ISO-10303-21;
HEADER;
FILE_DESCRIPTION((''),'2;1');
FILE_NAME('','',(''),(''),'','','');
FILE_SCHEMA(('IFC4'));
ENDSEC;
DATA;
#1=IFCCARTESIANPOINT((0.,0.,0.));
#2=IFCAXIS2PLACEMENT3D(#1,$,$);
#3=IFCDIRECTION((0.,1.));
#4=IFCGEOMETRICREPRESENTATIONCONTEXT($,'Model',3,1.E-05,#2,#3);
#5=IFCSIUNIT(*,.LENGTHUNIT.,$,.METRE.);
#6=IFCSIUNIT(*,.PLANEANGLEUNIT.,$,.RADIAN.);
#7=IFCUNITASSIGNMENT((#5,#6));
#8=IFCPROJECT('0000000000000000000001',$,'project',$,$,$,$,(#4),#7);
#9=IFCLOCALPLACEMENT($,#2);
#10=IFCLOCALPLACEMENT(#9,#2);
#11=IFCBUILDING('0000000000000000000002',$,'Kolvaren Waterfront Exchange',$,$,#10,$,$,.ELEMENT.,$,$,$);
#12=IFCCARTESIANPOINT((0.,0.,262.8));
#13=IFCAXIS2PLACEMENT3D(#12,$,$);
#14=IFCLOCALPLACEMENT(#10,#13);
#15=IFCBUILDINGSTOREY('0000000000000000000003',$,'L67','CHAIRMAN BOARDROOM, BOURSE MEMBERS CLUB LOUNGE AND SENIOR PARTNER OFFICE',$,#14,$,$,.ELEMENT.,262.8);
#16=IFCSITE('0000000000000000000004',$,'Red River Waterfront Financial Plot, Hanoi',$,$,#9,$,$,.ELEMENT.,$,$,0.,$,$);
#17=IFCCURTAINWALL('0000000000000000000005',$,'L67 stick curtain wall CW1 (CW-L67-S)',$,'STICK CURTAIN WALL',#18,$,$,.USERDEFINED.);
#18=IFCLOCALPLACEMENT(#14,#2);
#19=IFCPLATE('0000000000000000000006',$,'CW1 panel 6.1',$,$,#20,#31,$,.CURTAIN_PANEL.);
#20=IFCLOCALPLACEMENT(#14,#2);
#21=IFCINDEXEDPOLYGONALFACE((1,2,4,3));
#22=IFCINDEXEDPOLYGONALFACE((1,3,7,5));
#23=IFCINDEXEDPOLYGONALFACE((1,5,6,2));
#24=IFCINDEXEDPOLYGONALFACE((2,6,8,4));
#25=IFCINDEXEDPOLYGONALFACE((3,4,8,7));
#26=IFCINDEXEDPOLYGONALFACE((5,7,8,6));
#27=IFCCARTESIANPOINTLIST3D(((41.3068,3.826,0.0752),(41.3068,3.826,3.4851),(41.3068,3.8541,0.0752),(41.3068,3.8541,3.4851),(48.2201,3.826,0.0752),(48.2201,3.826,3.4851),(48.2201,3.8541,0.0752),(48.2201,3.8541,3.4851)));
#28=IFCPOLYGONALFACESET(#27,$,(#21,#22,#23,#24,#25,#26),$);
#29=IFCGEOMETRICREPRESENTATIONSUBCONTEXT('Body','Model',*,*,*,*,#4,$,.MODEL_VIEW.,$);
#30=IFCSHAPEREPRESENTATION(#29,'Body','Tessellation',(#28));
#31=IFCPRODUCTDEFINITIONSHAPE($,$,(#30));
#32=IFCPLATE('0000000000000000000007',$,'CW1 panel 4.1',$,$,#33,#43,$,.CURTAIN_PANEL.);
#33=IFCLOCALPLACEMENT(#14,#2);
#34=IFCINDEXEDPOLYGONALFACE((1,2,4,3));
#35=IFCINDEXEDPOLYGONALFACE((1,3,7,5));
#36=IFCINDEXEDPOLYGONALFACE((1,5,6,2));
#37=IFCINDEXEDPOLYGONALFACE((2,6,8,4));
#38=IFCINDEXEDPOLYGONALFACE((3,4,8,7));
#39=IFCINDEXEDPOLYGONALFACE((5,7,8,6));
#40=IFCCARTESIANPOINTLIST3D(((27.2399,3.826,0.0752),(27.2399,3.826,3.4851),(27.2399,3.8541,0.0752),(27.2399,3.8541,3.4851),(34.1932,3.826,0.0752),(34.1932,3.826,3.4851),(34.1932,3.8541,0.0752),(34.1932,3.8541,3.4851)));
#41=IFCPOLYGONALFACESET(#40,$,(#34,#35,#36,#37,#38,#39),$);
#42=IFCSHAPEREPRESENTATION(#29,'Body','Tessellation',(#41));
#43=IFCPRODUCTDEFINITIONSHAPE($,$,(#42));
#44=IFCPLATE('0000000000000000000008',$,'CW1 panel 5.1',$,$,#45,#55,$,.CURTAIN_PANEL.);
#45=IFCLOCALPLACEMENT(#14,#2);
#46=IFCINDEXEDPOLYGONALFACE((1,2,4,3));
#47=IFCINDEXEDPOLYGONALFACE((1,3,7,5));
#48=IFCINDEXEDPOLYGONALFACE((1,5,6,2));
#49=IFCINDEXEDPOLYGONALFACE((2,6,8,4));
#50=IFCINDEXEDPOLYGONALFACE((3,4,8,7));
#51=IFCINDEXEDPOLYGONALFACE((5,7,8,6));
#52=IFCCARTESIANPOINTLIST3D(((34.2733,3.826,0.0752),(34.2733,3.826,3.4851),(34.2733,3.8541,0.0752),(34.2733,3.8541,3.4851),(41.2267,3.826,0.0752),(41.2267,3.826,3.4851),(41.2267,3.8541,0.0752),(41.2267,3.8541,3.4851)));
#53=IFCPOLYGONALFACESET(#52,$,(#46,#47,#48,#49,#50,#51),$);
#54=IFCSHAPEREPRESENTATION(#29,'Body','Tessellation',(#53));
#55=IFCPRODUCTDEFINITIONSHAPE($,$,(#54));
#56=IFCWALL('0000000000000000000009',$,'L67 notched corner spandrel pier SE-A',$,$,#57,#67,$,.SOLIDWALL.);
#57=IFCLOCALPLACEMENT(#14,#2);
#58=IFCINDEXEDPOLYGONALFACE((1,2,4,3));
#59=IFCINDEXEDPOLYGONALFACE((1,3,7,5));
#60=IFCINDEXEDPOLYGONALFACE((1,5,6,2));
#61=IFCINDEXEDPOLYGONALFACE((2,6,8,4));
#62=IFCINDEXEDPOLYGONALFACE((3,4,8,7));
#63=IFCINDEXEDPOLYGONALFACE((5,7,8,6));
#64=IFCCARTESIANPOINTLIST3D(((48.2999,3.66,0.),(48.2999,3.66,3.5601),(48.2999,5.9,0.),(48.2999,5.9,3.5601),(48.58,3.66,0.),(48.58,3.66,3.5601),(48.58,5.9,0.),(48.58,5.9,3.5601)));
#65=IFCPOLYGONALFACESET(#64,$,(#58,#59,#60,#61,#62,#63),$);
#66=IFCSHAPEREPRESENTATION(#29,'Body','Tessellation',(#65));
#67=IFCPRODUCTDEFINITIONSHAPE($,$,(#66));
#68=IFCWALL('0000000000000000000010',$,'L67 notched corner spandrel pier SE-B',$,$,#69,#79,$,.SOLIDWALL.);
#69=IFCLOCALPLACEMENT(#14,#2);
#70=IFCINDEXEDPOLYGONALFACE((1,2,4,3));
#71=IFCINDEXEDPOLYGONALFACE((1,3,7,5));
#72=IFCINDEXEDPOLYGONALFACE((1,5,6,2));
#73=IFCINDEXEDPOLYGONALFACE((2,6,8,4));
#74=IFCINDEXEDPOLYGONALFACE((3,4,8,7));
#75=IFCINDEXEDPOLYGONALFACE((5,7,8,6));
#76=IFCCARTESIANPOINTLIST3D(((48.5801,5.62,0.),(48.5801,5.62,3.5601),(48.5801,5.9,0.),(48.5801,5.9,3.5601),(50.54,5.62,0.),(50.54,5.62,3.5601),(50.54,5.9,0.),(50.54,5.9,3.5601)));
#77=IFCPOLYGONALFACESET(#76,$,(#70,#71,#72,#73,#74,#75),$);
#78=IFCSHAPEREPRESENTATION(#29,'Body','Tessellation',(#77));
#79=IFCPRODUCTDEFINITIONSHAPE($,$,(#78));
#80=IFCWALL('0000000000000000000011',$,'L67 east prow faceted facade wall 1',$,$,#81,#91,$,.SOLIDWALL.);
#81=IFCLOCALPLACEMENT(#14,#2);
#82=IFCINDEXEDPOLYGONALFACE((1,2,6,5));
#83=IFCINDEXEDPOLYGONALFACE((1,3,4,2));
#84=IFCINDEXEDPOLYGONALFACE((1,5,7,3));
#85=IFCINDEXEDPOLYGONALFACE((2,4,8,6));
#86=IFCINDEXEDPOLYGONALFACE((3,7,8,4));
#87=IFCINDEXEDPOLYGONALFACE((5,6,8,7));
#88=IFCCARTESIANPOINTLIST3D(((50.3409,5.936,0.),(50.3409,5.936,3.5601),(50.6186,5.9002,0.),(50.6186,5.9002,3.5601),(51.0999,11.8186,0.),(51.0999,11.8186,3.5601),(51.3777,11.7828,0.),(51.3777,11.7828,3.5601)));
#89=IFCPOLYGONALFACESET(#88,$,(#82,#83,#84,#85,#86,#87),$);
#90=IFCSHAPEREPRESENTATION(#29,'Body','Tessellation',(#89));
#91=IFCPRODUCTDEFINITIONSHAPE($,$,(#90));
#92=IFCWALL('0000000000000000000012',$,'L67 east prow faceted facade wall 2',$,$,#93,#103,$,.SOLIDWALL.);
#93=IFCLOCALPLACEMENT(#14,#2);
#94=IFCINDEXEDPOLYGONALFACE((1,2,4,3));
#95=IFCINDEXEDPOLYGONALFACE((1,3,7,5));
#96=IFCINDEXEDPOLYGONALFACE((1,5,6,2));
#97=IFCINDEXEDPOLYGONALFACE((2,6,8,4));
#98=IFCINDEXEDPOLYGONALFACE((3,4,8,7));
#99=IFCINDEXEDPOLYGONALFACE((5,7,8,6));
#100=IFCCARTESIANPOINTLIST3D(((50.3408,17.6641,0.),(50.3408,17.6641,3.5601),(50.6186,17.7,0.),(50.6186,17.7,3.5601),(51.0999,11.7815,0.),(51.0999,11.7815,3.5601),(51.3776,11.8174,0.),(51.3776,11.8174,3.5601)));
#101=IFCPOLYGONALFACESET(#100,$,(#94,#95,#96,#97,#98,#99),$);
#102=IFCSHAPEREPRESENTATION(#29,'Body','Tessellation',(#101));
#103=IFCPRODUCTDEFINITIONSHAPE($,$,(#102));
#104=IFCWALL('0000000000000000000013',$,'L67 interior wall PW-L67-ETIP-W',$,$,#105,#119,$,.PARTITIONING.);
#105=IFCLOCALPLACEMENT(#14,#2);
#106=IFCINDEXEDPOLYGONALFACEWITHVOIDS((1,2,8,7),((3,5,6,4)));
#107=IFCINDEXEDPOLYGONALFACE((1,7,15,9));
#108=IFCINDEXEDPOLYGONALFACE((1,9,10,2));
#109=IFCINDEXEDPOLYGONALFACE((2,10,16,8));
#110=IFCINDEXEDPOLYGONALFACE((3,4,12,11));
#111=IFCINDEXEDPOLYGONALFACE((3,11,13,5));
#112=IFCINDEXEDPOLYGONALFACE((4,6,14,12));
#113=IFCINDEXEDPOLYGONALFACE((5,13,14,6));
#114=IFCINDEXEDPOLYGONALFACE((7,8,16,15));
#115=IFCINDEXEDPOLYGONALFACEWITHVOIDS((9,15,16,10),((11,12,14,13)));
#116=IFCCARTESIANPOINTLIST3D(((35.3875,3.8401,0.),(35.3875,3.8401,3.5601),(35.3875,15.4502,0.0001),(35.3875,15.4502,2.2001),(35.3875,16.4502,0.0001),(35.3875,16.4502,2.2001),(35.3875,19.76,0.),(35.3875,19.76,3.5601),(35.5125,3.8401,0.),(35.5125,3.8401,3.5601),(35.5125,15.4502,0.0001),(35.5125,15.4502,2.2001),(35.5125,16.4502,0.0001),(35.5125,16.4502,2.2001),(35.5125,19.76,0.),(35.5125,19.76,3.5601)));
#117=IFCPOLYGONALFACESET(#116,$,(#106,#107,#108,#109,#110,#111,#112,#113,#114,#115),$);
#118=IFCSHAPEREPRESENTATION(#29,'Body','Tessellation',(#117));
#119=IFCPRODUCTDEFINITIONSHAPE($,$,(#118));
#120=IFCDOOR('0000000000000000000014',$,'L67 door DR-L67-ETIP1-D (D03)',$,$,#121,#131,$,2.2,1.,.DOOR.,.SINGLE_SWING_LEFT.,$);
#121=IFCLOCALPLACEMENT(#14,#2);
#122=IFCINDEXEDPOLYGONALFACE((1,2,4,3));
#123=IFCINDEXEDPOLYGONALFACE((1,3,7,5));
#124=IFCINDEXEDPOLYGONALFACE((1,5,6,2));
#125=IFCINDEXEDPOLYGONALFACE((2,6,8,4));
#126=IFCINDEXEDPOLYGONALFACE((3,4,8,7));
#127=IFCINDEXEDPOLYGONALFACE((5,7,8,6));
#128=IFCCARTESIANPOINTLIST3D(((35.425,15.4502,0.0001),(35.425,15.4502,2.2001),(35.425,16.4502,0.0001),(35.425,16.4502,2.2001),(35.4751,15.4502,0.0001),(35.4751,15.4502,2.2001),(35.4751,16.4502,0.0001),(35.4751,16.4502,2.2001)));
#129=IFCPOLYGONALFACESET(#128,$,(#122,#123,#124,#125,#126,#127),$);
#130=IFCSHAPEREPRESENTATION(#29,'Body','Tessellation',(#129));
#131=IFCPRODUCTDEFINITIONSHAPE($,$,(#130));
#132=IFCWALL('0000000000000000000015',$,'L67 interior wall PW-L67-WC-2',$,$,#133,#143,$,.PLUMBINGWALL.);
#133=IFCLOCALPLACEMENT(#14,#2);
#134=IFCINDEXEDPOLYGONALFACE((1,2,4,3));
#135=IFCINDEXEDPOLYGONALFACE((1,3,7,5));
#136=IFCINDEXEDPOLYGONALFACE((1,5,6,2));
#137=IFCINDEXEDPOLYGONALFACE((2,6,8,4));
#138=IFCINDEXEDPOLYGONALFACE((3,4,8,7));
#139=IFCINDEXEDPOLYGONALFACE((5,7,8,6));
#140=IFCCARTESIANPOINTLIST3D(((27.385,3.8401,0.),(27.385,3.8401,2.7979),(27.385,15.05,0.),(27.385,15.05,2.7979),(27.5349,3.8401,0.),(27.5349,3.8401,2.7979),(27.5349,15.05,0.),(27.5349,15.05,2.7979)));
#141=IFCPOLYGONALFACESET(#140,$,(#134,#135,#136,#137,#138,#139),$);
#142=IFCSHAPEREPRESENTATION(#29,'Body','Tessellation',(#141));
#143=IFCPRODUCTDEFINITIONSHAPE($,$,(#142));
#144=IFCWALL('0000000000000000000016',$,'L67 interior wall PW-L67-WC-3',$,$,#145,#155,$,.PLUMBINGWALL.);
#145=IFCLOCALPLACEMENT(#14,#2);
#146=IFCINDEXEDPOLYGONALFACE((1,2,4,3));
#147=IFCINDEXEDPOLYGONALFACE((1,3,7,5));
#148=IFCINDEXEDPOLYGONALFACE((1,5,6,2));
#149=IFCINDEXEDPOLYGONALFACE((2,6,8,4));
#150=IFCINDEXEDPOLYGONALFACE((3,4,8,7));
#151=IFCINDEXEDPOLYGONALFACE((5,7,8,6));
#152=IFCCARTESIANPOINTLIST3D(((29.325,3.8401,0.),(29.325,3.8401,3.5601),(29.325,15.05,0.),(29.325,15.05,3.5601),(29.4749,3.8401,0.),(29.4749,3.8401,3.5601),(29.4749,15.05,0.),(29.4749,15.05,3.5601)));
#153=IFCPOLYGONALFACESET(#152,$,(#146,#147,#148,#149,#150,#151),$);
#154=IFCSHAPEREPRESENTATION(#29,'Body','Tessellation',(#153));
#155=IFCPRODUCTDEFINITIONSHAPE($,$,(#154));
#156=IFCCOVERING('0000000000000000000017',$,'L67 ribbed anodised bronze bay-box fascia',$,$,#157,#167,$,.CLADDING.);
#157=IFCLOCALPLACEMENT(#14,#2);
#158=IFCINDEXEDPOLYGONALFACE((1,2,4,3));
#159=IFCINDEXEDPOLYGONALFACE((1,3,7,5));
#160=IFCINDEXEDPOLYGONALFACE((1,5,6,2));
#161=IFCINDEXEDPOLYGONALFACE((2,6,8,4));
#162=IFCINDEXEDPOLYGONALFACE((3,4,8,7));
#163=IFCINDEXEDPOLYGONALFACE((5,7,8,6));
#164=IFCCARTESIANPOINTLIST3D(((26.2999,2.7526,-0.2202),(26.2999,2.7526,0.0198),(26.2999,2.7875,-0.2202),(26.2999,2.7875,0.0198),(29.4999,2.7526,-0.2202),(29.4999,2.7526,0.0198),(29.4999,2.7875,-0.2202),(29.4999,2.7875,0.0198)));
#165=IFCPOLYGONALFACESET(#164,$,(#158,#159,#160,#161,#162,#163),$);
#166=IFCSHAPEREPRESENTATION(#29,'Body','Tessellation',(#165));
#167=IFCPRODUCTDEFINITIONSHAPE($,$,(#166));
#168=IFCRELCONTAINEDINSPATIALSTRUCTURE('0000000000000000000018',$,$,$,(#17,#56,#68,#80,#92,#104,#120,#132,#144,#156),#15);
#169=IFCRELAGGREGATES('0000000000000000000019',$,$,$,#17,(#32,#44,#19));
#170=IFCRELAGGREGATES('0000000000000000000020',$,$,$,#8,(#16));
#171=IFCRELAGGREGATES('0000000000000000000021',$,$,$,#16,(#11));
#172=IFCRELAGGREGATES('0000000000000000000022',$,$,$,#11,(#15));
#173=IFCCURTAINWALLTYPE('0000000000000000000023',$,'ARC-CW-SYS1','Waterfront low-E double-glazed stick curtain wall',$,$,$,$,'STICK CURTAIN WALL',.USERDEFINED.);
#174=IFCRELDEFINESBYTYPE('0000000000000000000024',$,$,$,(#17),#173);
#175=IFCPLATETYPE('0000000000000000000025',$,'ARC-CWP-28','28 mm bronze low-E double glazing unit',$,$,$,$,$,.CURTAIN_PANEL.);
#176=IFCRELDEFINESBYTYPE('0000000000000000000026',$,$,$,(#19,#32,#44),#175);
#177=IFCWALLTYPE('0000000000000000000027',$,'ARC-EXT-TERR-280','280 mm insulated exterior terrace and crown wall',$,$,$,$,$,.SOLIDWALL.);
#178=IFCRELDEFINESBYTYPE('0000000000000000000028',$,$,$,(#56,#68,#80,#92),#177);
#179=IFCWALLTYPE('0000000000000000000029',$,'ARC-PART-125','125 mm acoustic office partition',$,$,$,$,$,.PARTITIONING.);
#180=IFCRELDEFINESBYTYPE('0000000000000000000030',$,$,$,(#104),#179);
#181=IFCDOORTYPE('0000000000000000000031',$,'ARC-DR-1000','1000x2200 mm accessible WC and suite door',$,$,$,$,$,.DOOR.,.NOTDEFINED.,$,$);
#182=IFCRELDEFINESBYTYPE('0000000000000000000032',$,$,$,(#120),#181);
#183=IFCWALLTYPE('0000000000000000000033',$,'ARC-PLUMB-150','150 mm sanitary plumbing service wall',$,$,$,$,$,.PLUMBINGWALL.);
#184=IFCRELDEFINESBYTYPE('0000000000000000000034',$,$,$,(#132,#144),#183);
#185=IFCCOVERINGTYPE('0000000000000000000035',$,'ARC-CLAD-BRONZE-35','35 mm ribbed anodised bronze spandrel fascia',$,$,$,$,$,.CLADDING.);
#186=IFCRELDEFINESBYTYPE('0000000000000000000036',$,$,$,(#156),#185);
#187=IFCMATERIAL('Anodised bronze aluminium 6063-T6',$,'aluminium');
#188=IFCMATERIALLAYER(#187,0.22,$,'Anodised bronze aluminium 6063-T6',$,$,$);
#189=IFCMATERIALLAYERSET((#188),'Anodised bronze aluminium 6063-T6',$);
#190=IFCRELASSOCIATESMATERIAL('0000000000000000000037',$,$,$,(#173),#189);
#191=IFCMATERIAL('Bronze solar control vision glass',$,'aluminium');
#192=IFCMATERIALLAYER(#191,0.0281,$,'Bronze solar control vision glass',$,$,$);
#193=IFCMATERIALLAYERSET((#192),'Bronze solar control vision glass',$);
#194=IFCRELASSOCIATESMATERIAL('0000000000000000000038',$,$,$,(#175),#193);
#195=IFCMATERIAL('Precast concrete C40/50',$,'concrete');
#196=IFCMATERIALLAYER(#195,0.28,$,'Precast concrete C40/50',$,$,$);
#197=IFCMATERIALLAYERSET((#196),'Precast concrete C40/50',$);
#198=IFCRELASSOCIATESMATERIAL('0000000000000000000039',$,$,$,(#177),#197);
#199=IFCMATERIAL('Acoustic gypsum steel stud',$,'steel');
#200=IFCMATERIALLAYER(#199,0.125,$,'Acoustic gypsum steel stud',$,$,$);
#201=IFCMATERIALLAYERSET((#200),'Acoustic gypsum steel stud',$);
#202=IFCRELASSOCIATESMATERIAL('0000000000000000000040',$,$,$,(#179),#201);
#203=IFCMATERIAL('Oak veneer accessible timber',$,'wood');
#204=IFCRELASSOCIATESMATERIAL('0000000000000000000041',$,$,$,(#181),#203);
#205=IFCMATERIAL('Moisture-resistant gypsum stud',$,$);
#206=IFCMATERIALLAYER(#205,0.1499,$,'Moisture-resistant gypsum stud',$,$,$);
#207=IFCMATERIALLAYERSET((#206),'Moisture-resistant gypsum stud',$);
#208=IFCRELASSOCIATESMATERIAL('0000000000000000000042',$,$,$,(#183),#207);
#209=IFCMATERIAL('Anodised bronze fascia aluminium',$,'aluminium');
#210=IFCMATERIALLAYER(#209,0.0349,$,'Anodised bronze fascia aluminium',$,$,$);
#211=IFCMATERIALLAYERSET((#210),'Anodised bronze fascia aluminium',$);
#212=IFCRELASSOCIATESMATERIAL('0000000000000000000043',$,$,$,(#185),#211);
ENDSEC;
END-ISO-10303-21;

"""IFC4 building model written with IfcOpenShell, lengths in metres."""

from ifc_helpers import new_model, si_unit, direction, frame, frame_2d, origin, origin_with_axes, origin_2d, place, context, subcontext, project, spatial, rectangle, extrude, source, transform, mapped, material, layer, layer_set, type_object, element, fill, aggregate, save


model = new_model("IFC4")

# Units and contexts
model_context = context("Model", 3, precision=1e-05, world=origin(), true_north=direction((0.0, 1.0)))
body_context = subcontext(model_context, "Body", "Model", "MODEL_VIEW")
ifc_project = project(units=[si_unit("LENGTHUNIT", "METRE"), si_unit("PLANEANGLEUNIT", "RADIAN")], contexts=[model_context])

# Site, building, storey
site_placement = place(None, origin())
site = spatial("IfcSite", under=ifc_project, at=site_placement, Name="Red River Waterfront Financial Plot, Hanoi", CompositionType="ELEMENT", RefElevation=0.0)
building_placement = place(site_placement, origin())
building = spatial("IfcBuilding", under=site, at=building_placement, Name="Kolvaren Waterfront Exchange", CompositionType="ELEMENT")
storey_placement = place(building_placement, frame((0.0, 0.0, 262.8)))
storey = spatial("IfcBuildingStorey", under=building, at=storey_placement, Name="L67", Description="CHAIRMAN BOARDROOM, BOURSE MEMBERS CLUB LOUNGE AND SENIOR PARTNER OFFICE", CompositionType="ELEMENT", Elevation=262.8)

# Shared definitions
ifc_material_1 = material(Name="Anodised bronze aluminium 6063-T6", Category="aluminium")

# Curtain wall
ifc_layer_1 = layer(ifc_material_1, 0.22, Name="Anodised bronze aluminium 6063-T6")
ifc_layer_set_1 = layer_set([ifc_layer_1], Name="Anodised bronze aluminium 6063-T6")
curtain_wall_type_1 = type_object("IfcCurtainWallType", Name="ARC-CW-SYS1", Description="Waterfront low-E double-glazed stick curtain wall", ElementType="STICK CURTAIN WALL", PredefinedType="USERDEFINED", material=ifc_layer_set_1)
curtain_wall_1_placement = place(storey_placement, origin())
curtain_wall_1 = element("IfcCurtainWall", 1, at=curtain_wall_1_placement, inside=storey, type_object=curtain_wall_type_1, Name="L67 stick curtain wall CW1 (CW-L67-S)", ObjectType="STICK CURTAIN WALL", PredefinedType="USERDEFINED")

# Plates
ifc_material_2 = material(Name="Bronze solar control vision glass", Category="aluminium")
ifc_layer_2 = layer(ifc_material_2, 0.0281, Name="Bronze solar control vision glass")
ifc_layer_set_2 = layer_set([ifc_layer_2], Name="Bronze solar control vision glass")
plate_type_1 = type_object("IfcPlateType", Name="ARC-CWP-28", Description="28 mm bronze low-E double glazing unit", PredefinedType="CURTAIN_PANEL", material=ifc_layer_set_2)
shared_shape_1 = source(origin_with_axes(), body_context, "Body", "SweptSolid", [
    extrude(rectangle(XDim=6.9133, YDim=0.0281, at=origin_2d()), origin(), (0.0, 0.0, 1.0), 3.4099),
])
plate_1_placement = place(storey_placement, frame((44.7634, 3.8401, 0.0752), z_axis=(0.0, 0.0, 1.0), x_axis=(1.0, 0.0, 0.0)))
plate_1 = element("IfcPlate", 2, at=plate_1_placement, type_object=plate_type_1, Name="CW1 panel 6.1", PredefinedType="CURTAIN_PANEL", context=body_context, shape_type="MappedRepresentation", body=[
    mapped(shared_shape_1, transform((0.0, 0.0, 0.0), x_axis=(1.0, 0.0, 0.0), y_axis=(0.0, 1.0, 0.0), z_axis=(0.0, 0.0, 1.0), scale=1.0)),
])
shared_shape_2 = source(origin_with_axes(), body_context, "Body", "SweptSolid", [
    extrude(rectangle(XDim=6.9534, YDim=0.0281, at=origin_2d()), origin(), (0.0, 0.0, 1.0), 3.4099),
])
plate_2_placement = place(storey_placement, frame((30.7166, 3.8401, 0.0752), z_axis=(0.0, 0.0, 1.0), x_axis=(1.0, 0.0, 0.0)))
plate_2 = element("IfcPlate", 3, at=plate_2_placement, type_object=plate_type_1, Name="CW1 panel 4.1", PredefinedType="CURTAIN_PANEL", context=body_context, shape_type="MappedRepresentation", body=[
    mapped(shared_shape_2, transform((0.0, 0.0, 0.0), x_axis=(1.0, 0.0, 0.0), y_axis=(0.0, 1.0, 0.0), z_axis=(0.0, 0.0, 1.0), scale=1.0)),
])
plate_3_placement = place(storey_placement, frame((37.75, 3.8401, 0.0752), z_axis=(0.0, 0.0, 1.0), x_axis=(1.0, 0.0, 0.0)))
plate_3 = element("IfcPlate", 4, at=plate_3_placement, type_object=plate_type_1, Name="CW1 panel 5.1", PredefinedType="CURTAIN_PANEL", context=body_context, shape_type="MappedRepresentation", body=[
    mapped(shared_shape_2, transform((0.0, 0.0, 0.0), x_axis=(1.0, 0.0, 0.0), y_axis=(0.0, 1.0, 0.0), z_axis=(0.0, 0.0, 1.0), scale=1.0)),
])
aggregate(curtain_wall_1, [plate_2, plate_3, plate_1])

# Walls
ifc_material_3 = material(Name="Precast concrete C40/50", Category="concrete")
ifc_layer_3 = layer(ifc_material_3, 0.28, Name="Precast concrete C40/50")
ifc_layer_set_3 = layer_set([ifc_layer_3], Name="Precast concrete C40/50")
wall_type_1 = type_object("IfcWallType", Name="ARC-EXT-TERR-280", Description="280 mm insulated exterior terrace and crown wall", PredefinedType="SOLIDWALL", material=ifc_layer_set_3)
wall_1_placement = place(storey_placement, frame((48.4399, 3.6599, 0.0), z_axis=(0.0, 0.0, 1.0), x_axis=(0.0, 1.0, 0.0)))
element("IfcWall", 5, at=wall_1_placement, inside=storey, type_object=wall_type_1, Name="L67 notched corner spandrel pier SE-A", PredefinedType="SOLIDWALL", context=body_context, shape_type="SweptSolid", body=[
    extrude(rectangle(XDim=2.24, YDim=0.28, at=frame_2d((1.1201, 0.0))), origin(), (0.0, 0.0, 1.0), 3.5601),
])
wall_2_placement = place(storey_placement, frame((48.5801, 5.76, 0.0), z_axis=(0.0, 0.0, 1.0), x_axis=(1.0, 0.0, 0.0)))
element("IfcWall", 6, at=wall_2_placement, inside=storey, type_object=wall_type_1, Name="L67 notched corner spandrel pier SE-B", PredefinedType="SOLIDWALL", context=body_context, shape_type="SweptSolid", body=[
    extrude(rectangle(XDim=1.96, YDim=0.28, at=frame_2d((0.98, 0.0))), origin(), (0.0, 0.0, 1.0), 3.5601),
])
for number, where, z_axis, x_axis, name in (
    (7, (50.4797, 5.918, 0.0), (0.0, 0.0, 1.0), (0.12797, 0.991778, 0.0), "L67 east prow faceted facade wall 1"),
    (8, (51.2388, 11.7993, 0.0), (0.0, 0.0, 1.0), (-0.12797, 0.991778, 0.0), "L67 east prow faceted facade wall 2"),
):
    element("IfcWall", number, at=place(storey_placement, frame(where, z_axis=z_axis, x_axis=x_axis)), inside=storey, type_object=wall_type_1, Name=name, PredefinedType="SOLIDWALL", context=body_context, shape_type="SweptSolid", body=[
        extrude(rectangle(XDim=5.9314, YDim=0.28, at=frame_2d((2.9658, 0.0))), origin(), (0.0, 0.0, 1.0), 3.5601),
    ])

# Wall, opening, door
ifc_material_4 = material(Name="Acoustic gypsum steel stud", Category="steel")
ifc_layer_4 = layer(ifc_material_4, 0.125, Name="Acoustic gypsum steel stud")
ifc_layer_set_4 = layer_set([ifc_layer_4], Name="Acoustic gypsum steel stud")
wall_type_2 = type_object("IfcWallType", Name="ARC-PART-125", Description="125 mm acoustic office partition", PredefinedType="PARTITIONING", material=ifc_layer_set_4)
wall_3_placement = place(storey_placement, frame((35.45, 3.8401, 0.0), z_axis=(0.0, 0.0, 1.0), x_axis=(0.0, 1.0, 0.0)))
wall_3 = element("IfcWall", 9, at=wall_3_placement, inside=storey, type_object=wall_type_2, Name="L67 interior wall PW-L67-ETIP-W", PredefinedType="PARTITIONING", context=body_context, shape_type="SweptSolid", body=[
    extrude(rectangle(XDim=15.9199, YDim=0.125, at=frame_2d((7.96, 0.0))), origin(), (0.0, 0.0, 1.0), 3.5601),
])
opening_placement = place(wall_3_placement, frame((11.6101, 0.0, 0.0)))
opening = element("IfcOpeningElement", 10, at=opening_placement, cuts=wall_3, PredefinedType="OPENING", context=body_context, shape_type="SweptSolid", body=[
    extrude(rectangle(XDim=1.0, YDim=2.2, at=frame_2d((0.5, 1.1001))), frame((0.0, 0.0725, 0.0), z_axis=(0.0, -1.0, 0.0), x_axis=(1.0, 0.0, 0.0)), (0.0, 0.0, 1.0), 0.145),
])
ifc_material_5 = material(Name="Oak veneer accessible timber", Category="wood")
door_type = type_object("IfcDoorType", Name="ARC-DR-1000", Description="1000x2200 mm accessible WC and suite door", OperationType="NOTDEFINED", PredefinedType="DOOR", material=ifc_material_5)
door_placement = place(opening_placement, origin())
door = element("IfcDoor", 11, at=door_placement, inside=storey, type_object=door_type, Name="L67 door DR-L67-ETIP1-D (D03)", OperationType="SINGLE_SWING_LEFT", OverallHeight=2.2, OverallWidth=1.0, PredefinedType="DOOR", context=body_context, shape_type="SweptSolid", body=[
    extrude(rectangle(XDim=1.0, YDim=2.2, at=frame_2d((0.5, 1.1001))), frame((0.0, 0.0249, 0.0), z_axis=(0.0, -1.0, 0.0), x_axis=(1.0, 0.0, 0.0)), (0.0, 0.0, 1.0), 0.05),
])
fill(opening, door)

# Walls
ifc_material_6 = material(Name="Moisture-resistant gypsum stud")
ifc_layer_5 = layer(ifc_material_6, 0.1499, Name="Moisture-resistant gypsum stud")
ifc_layer_set_5 = layer_set([ifc_layer_5], Name="Moisture-resistant gypsum stud")
wall_type_3 = type_object("IfcWallType", Name="ARC-PLUMB-150", Description="150 mm sanitary plumbing service wall", PredefinedType="PLUMBINGWALL", material=ifc_layer_set_5)
wall_4_placement = place(storey_placement, frame((27.46, 3.8401, 0.0), z_axis=(0.0, 0.0, 1.0), x_axis=(0.0, 1.0, 0.0)))
element("IfcWall", 12, at=wall_4_placement, inside=storey, type_object=wall_type_3, Name="L67 interior wall PW-L67-WC-2", PredefinedType="PLUMBINGWALL", context=body_context, shape_type="SweptSolid", body=[
    extrude(rectangle(XDim=11.21, YDim=0.1499, at=frame_2d((5.605, 0.0))), origin(), (0.0, 0.0, 1.0), 2.7979),
])
wall_5_placement = place(storey_placement, frame((29.3999, 3.8401, 0.0), z_axis=(0.0, 0.0, 1.0), x_axis=(0.0, 1.0, 0.0)))
element("IfcWall", 13, at=wall_5_placement, inside=storey, type_object=wall_type_3, Name="L67 interior wall PW-L67-WC-3", PredefinedType="PLUMBINGWALL", context=body_context, shape_type="SweptSolid", body=[
    extrude(rectangle(XDim=11.21, YDim=0.1499, at=frame_2d((5.605, 0.0))), origin(), (0.0, 0.0, 1.0), 3.5601),
])

# Covering
ifc_material_7 = material(Name="Anodised bronze fascia aluminium", Category="aluminium")
ifc_layer_6 = layer(ifc_material_7, 0.0349, Name="Anodised bronze fascia aluminium")
ifc_layer_set_6 = layer_set([ifc_layer_6], Name="Anodised bronze fascia aluminium")
covering_type = type_object("IfcCoveringType", Name="ARC-CLAD-BRONZE-35", Description="35 mm ribbed anodised bronze spandrel fascia", PredefinedType="CLADDING", material=ifc_layer_set_6)
covering_placement = place(storey_placement, frame((27.8999, 2.77, -0.2202), z_axis=(0.0, 0.0, 1.0), x_axis=(1.0, 0.0, 0.0)))
element("IfcCovering", 14, at=covering_placement, inside=storey, type_object=covering_type, Name="L67 ribbed anodised bronze bay-box fascia", PredefinedType="CLADDING", context=body_context, shape_type="SweptSolid", body=[
    extrude(rectangle(XDim=3.2, YDim=0.0349, at=origin_2d()), origin(), (0.0, 0.0, 1.0), 0.24),
])

save(model, "model.ifc")
